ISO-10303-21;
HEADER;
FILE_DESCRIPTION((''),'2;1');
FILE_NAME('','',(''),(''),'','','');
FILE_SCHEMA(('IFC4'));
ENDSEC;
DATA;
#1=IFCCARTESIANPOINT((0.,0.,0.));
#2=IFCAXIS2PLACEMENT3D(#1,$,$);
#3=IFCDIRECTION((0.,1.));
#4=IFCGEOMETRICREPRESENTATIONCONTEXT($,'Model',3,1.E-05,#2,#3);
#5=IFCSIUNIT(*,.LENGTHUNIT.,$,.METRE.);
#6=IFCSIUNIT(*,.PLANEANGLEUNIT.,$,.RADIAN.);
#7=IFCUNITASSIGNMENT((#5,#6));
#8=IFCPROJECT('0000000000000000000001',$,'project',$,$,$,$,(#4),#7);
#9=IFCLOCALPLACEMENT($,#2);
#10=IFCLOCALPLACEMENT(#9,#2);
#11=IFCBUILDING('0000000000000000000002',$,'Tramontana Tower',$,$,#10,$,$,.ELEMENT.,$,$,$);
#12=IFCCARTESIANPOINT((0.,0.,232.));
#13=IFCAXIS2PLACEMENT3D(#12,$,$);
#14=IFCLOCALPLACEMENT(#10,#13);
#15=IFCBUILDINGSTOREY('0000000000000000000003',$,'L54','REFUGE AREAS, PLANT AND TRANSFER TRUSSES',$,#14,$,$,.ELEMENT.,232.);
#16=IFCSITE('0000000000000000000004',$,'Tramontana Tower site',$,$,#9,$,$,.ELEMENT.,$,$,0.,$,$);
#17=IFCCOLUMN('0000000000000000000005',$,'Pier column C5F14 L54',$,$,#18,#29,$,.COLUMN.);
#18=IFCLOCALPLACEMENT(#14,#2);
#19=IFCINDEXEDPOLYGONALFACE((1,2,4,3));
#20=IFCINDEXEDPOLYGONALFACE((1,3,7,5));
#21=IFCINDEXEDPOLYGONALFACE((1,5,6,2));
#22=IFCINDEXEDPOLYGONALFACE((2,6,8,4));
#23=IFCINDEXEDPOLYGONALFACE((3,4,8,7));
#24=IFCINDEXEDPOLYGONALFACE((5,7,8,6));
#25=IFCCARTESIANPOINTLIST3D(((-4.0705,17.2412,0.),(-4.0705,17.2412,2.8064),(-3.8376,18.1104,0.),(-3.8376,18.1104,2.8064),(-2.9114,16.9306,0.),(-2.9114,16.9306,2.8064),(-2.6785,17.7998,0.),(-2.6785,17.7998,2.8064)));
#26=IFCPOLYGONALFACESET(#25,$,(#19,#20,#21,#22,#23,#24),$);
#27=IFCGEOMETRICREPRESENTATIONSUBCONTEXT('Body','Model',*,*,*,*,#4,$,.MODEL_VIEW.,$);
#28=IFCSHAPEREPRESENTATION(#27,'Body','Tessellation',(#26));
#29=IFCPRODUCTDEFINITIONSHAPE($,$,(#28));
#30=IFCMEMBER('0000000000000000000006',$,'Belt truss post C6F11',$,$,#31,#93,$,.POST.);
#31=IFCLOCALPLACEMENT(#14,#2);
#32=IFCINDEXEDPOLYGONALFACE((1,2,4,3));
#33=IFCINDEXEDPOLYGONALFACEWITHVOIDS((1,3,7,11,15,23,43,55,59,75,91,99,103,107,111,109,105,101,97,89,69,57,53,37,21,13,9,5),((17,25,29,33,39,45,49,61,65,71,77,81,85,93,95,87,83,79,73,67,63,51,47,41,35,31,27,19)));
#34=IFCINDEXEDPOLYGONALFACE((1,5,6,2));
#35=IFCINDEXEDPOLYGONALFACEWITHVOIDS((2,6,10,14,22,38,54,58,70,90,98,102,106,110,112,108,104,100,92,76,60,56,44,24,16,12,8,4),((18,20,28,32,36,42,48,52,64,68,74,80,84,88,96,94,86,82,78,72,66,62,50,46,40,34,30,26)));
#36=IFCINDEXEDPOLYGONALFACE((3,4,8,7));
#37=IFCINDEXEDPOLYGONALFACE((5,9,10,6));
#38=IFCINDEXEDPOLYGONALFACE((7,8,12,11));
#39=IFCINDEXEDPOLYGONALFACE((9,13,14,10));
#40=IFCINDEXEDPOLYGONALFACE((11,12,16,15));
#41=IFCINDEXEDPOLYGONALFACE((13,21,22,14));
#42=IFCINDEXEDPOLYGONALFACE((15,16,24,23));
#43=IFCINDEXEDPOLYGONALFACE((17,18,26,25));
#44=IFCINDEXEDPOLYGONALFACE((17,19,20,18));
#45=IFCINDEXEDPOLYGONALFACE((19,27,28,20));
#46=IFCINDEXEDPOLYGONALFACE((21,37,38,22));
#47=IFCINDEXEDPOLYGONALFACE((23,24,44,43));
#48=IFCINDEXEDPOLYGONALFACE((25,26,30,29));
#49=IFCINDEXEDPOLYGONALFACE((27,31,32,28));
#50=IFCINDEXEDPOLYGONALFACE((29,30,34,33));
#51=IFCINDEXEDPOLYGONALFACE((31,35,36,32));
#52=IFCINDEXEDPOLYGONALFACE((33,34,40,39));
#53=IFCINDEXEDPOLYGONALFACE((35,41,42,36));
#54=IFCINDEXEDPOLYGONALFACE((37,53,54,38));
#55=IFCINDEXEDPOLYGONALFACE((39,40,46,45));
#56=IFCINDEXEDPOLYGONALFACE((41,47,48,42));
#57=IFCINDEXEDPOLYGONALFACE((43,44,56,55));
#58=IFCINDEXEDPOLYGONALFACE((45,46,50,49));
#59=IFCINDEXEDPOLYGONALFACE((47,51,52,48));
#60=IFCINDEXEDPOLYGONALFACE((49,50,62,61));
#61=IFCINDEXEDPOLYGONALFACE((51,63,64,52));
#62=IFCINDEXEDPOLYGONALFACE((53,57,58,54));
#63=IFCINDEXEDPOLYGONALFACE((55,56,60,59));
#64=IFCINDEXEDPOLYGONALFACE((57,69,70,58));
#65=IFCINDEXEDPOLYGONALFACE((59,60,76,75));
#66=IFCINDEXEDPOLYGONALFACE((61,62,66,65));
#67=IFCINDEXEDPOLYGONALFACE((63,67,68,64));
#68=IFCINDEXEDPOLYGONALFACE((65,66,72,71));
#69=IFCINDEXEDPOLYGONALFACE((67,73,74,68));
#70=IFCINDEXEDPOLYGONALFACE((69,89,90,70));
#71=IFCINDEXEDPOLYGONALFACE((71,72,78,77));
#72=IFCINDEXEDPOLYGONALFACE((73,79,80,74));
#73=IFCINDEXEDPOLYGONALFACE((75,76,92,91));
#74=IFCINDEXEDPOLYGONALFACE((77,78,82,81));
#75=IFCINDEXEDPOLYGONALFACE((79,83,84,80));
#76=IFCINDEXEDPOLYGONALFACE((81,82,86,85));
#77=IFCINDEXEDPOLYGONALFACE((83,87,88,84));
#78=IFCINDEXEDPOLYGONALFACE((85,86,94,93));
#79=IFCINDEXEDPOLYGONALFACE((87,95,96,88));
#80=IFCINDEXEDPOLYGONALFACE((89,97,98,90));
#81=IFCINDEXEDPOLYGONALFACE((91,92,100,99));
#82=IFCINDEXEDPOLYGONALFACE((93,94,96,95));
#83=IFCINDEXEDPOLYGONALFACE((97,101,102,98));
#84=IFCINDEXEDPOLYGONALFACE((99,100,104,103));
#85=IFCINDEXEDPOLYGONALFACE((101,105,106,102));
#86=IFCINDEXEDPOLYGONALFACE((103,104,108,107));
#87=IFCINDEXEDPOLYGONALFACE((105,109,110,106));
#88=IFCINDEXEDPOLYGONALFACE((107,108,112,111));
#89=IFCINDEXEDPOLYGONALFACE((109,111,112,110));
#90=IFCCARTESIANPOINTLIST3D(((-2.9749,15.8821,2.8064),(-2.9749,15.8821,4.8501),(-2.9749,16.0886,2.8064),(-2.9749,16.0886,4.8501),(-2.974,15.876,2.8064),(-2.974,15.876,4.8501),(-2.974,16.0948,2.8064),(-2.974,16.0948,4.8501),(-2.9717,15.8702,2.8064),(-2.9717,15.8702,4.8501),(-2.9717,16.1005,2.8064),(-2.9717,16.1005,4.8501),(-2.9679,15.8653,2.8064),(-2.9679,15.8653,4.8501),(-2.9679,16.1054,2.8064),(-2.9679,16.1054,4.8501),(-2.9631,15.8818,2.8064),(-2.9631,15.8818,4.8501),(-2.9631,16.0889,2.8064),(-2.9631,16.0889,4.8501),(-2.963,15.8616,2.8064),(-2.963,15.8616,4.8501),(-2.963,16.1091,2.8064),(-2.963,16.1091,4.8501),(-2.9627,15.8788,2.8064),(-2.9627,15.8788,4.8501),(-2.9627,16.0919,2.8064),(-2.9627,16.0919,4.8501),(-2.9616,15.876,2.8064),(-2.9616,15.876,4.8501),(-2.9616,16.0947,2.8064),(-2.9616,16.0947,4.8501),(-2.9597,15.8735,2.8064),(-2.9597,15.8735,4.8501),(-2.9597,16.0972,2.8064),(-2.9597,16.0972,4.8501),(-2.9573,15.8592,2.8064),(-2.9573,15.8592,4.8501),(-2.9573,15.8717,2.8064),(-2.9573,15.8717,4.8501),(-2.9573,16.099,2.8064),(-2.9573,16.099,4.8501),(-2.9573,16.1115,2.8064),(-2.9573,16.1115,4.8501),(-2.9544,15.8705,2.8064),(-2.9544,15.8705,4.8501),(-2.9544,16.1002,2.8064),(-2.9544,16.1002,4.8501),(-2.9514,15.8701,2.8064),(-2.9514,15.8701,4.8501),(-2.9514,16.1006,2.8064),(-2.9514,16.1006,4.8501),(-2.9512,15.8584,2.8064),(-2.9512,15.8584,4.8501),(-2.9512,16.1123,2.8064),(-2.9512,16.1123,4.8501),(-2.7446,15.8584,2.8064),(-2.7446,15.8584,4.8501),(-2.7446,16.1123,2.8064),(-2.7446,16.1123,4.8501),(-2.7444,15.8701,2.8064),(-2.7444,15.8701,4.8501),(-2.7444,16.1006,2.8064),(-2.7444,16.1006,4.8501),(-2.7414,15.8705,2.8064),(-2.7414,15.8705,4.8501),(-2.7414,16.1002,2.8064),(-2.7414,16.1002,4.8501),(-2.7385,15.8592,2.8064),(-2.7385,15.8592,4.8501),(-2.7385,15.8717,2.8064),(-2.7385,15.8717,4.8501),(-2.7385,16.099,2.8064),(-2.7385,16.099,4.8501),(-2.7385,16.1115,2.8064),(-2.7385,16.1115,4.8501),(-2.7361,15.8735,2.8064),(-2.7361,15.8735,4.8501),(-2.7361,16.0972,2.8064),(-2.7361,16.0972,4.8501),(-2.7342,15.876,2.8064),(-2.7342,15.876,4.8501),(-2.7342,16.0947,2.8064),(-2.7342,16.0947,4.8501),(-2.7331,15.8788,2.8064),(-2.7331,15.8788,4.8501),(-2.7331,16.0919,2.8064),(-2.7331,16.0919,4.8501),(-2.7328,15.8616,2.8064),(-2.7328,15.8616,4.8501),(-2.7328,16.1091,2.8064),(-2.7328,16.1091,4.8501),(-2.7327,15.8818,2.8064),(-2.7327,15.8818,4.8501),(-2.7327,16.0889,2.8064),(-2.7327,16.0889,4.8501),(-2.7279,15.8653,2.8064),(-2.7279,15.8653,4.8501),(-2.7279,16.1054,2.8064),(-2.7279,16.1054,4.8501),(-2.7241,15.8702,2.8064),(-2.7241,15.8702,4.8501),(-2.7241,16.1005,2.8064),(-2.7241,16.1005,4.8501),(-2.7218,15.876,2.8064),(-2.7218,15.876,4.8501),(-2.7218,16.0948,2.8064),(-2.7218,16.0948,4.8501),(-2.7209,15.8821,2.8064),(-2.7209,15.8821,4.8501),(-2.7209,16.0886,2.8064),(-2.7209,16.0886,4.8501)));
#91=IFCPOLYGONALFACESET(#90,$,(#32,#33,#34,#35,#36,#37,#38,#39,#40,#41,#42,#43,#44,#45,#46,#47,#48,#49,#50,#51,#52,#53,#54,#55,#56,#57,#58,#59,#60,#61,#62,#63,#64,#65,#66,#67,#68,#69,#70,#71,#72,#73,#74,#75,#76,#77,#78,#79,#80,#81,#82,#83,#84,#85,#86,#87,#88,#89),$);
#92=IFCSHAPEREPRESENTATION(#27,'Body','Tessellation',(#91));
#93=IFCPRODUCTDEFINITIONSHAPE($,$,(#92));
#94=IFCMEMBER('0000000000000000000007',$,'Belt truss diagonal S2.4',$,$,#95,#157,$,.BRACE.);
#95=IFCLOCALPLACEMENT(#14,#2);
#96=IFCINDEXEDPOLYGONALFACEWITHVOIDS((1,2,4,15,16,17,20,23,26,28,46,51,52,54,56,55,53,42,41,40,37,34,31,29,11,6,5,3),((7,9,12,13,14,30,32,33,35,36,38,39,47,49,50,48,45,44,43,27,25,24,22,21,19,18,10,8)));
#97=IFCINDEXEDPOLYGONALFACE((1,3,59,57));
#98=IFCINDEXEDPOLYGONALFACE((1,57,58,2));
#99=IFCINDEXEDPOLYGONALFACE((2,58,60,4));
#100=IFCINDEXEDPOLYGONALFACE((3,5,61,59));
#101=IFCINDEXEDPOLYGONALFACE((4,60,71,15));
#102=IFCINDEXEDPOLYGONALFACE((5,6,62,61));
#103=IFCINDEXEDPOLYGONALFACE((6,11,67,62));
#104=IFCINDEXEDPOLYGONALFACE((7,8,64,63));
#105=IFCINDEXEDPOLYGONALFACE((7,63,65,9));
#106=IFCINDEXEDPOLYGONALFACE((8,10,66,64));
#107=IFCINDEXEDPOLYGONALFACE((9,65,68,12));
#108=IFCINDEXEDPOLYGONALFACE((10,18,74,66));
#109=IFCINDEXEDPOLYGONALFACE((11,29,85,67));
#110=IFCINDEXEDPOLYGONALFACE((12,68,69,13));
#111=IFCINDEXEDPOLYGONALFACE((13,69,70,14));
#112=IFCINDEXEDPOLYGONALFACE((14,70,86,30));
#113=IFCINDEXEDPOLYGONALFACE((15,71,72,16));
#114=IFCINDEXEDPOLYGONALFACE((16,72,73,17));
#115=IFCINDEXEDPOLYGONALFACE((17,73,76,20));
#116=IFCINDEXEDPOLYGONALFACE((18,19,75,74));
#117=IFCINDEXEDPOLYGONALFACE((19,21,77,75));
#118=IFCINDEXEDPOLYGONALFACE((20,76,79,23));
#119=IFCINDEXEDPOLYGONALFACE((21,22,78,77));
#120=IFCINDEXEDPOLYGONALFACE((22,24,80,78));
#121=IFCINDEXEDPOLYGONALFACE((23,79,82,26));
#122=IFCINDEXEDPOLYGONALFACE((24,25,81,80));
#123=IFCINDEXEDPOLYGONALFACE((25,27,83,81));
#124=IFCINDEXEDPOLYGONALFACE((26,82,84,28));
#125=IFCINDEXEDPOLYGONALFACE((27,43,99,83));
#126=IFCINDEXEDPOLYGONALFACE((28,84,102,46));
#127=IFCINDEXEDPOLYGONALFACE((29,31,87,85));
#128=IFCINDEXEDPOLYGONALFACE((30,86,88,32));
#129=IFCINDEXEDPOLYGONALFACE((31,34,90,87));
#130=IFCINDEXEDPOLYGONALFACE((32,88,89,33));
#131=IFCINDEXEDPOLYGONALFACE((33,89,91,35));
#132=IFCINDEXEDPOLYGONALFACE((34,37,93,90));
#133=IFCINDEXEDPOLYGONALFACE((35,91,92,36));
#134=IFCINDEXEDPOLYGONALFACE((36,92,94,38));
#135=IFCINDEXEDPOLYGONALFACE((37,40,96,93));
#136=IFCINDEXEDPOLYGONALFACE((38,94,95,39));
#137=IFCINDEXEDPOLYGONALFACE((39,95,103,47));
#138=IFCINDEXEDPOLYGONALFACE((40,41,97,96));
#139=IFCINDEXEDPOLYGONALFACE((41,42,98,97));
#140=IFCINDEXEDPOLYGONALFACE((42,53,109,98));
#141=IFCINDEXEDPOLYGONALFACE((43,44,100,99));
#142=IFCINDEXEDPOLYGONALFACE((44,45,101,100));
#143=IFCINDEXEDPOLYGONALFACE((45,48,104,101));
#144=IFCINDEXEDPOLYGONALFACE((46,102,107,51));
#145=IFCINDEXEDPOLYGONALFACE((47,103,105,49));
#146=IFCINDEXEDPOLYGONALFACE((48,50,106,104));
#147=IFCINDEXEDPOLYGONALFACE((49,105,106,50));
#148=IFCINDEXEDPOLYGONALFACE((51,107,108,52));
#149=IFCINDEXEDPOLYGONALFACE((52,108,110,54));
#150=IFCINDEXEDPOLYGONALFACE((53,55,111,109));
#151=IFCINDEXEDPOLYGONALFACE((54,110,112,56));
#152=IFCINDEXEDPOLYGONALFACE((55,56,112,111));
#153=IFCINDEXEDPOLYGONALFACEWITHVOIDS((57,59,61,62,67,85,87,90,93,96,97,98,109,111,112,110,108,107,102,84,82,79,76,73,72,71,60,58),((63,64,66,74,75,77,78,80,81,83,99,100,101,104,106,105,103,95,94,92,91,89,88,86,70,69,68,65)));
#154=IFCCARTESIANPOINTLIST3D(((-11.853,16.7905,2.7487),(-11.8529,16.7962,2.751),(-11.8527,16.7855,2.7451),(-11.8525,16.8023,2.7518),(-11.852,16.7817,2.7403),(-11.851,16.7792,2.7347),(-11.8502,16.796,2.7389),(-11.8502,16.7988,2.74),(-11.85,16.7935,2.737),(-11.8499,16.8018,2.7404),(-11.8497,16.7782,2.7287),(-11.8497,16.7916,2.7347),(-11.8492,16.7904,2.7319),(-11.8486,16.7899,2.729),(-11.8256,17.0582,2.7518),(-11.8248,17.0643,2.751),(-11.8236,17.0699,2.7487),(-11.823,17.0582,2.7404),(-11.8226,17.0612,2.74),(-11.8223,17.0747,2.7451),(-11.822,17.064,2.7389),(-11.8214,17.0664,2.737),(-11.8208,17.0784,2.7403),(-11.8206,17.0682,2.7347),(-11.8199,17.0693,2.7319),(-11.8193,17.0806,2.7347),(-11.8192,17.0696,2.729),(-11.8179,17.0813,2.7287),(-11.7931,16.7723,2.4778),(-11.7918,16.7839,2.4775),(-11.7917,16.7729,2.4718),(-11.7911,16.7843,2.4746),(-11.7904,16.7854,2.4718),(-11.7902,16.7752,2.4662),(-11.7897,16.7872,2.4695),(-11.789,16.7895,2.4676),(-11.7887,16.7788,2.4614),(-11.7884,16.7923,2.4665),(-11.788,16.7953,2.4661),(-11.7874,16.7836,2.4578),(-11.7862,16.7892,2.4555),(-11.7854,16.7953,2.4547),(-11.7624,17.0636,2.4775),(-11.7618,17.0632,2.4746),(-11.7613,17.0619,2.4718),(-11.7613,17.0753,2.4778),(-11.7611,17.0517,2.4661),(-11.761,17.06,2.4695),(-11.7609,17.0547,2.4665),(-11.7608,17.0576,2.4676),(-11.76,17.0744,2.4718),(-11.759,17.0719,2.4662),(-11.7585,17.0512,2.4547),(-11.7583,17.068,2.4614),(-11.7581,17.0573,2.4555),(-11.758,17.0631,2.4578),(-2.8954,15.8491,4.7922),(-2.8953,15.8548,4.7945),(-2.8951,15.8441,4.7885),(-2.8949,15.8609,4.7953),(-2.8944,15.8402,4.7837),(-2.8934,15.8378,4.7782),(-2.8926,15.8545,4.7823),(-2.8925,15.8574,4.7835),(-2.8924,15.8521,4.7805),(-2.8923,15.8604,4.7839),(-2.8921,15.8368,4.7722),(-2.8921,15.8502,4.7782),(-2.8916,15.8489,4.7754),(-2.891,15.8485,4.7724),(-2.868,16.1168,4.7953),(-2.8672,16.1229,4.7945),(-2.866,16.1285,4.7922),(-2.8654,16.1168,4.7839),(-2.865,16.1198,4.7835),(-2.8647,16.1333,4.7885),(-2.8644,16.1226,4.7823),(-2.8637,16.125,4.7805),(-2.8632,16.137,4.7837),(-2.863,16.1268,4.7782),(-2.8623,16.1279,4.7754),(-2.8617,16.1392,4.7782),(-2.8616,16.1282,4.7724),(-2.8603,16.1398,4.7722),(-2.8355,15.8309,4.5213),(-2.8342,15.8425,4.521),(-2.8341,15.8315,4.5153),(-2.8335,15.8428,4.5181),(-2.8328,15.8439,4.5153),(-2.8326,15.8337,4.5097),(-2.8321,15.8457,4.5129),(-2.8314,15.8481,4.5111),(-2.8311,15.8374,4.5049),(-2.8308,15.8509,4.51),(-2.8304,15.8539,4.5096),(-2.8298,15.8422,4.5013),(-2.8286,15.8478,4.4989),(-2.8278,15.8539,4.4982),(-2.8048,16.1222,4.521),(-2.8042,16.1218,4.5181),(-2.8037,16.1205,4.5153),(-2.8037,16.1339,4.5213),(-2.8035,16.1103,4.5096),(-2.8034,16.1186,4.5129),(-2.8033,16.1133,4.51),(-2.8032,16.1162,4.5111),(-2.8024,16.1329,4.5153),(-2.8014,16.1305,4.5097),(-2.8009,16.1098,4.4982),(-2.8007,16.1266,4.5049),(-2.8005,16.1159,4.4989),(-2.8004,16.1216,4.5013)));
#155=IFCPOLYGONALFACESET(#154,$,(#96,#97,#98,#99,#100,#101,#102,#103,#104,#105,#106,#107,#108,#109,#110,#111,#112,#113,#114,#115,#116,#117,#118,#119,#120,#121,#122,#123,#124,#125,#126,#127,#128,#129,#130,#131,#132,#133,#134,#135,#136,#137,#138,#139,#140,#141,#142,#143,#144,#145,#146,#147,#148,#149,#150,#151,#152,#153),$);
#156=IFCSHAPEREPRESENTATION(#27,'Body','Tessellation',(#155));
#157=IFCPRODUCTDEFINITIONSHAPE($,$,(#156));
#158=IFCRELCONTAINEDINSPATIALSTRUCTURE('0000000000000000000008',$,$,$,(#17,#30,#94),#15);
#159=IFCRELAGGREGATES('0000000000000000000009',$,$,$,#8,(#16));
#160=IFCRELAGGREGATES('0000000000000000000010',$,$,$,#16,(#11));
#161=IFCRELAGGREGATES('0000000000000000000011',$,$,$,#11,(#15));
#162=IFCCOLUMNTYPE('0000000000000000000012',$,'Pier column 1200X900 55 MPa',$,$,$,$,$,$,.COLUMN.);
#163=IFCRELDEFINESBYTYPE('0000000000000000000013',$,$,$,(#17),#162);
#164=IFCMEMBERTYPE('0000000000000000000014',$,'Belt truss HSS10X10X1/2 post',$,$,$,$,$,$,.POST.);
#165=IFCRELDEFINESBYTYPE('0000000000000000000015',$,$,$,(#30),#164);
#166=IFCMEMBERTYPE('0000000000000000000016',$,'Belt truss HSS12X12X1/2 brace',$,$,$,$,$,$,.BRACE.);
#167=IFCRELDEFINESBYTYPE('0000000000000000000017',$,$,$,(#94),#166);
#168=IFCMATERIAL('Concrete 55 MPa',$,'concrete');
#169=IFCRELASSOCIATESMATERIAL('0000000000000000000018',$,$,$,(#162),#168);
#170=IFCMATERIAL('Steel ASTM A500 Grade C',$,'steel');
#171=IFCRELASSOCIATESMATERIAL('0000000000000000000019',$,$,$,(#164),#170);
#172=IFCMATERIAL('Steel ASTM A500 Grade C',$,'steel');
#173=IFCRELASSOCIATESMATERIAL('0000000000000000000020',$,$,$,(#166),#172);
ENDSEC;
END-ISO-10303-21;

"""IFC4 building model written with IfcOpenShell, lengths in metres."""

from ifc_helpers import new_model, si_unit, direction, frame, origin, origin_2d, place, context, subcontext, project, spatial, rectangle, hollow_rectangle, extrude, material, material_profile, profile_set, type_object, element, save


model = new_model("IFC4")

# Units and contexts
model_context = context("Model", 3, precision=1e-05, world=origin(), true_north=direction((0.0, 1.0)))
body_context = subcontext(model_context, "Body", "Model", "MODEL_VIEW")
ifc_project = project(units=[si_unit("LENGTHUNIT", "METRE"), si_unit("PLANEANGLEUNIT", "RADIAN")], contexts=[model_context])

# Site, building, storey
site_placement = place(None, origin())
site = spatial("IfcSite", under=ifc_project, at=site_placement, Name="Tramontana Tower site", CompositionType="ELEMENT", RefElevation=0.0)
building_placement = place(site_placement, origin())
building = spatial("IfcBuilding", under=site, at=building_placement, Name="Tramontana Tower", CompositionType="ELEMENT")
storey_placement = place(building_placement, frame((0.0, 0.0, 232.0)))
storey = spatial("IfcBuildingStorey", under=building, at=storey_placement, Name="L54", Description="REFUGE AREAS, PLANT AND TRANSFER TRUSSES", CompositionType="ELEMENT", Elevation=232.0)

# Column
ifc_material_1 = material(Name="Concrete 55 MPa", Category="concrete")
ifc_material_profile_1 = material_profile(ifc_material_1, rectangle(XDim=1.2, YDim=0.8999, at=origin_2d()), Name="Pier column 1200X900 55 MPa")
ifc_profile_set_1 = profile_set([ifc_material_profile_1], Name="Concrete 55 MPa")
column_type = type_object("IfcColumnType", Name="Pier column 1200X900 55 MPa", PredefinedType="COLUMN", material=ifc_profile_set_1)
column_placement = place(storey_placement, frame((-3.3745, 17.5205, 0.0), z_axis=(0.0, 0.0, 1.0), x_axis=(-0.965926, 0.258819, 0.0)))
element("IfcColumn", 1, at=column_placement, inside=storey, type_object=column_type, Name="Pier column C5F14 L54", PredefinedType="COLUMN", context=body_context, shape_type="SweptSolid", body=[
    extrude(rectangle(XDim=1.2, YDim=0.8999, at=origin_2d()), origin(), (0.0, 0.0, 1.0), 2.8064),
])

# Members
ifc_material_2 = material(Name="Steel ASTM A500 Grade C", Category="steel")
ifc_material_profile_2 = material_profile(ifc_material_2, hollow_rectangle(XDim=0.2539, YDim=0.2539, WallThickness=0.0117, InnerFilletRadius=0.0117, OuterFilletRadius=0.0237, at=origin_2d()), Name="HSS10X10X1/2")
ifc_profile_set_2 = profile_set([ifc_material_profile_2], Name="Steel ASTM A500 Grade C")
member_type_1 = type_object("IfcMemberType", Name="Belt truss HSS10X10X1/2 post", PredefinedType="POST", material=ifc_profile_set_2)
member_1_placement = place(storey_placement, frame((-2.8479, 15.9854, 2.8064), z_axis=(0.0, 0.0, 1.0), x_axis=(1.0, 0.0, 0.0)))
element("IfcMember", 2, at=member_1_placement, inside=storey, type_object=member_type_1, Name="Belt truss post C6F11", PredefinedType="POST", context=body_context, shape_type="SweptSolid", body=[
    extrude(hollow_rectangle(XDim=0.2539, YDim=0.2539, WallThickness=0.0117, InnerFilletRadius=0.0117, OuterFilletRadius=0.0237, at=origin_2d()), origin(), (0.0, 0.0, 1.0), 2.0437),
])
ifc_material_3 = material(Name="Steel ASTM A500 Grade C", Category="steel")
ifc_material_profile_3 = material_profile(ifc_material_3, hollow_rectangle(XDim=0.3047, YDim=0.3047, WallThickness=0.0117, InnerFilletRadius=0.0117, OuterFilletRadius=0.0237, at=origin_2d()), Name="HSS12X12X1/2")
ifc_profile_set_3 = profile_set([ifc_material_profile_3], Name="Steel ASTM A500 Grade C")
member_type_2 = type_object("IfcMemberType", Name="Belt truss HSS12X12X1/2 brace", PredefinedType="BRACE", material=ifc_profile_set_3)
member_2_placement = place(storey_placement, frame((-2.8479, 15.9854, 4.6467), z_axis=(-0.969874, 0.101931, -0.221255), x_axis=(-0.104521, -0.994523, 0.0)))
element("IfcMember", 3, at=member_2_placement, inside=storey, type_object=member_type_2, Name="Belt truss diagonal S2.4", PredefinedType="BRACE", context=body_context, shape_type="SweptSolid", body=[
    extrude(hollow_rectangle(XDim=0.3047, YDim=0.3047, WallThickness=0.0117, InnerFilletRadius=0.0117, OuterFilletRadius=0.0237, at=origin_2d()), origin(), (0.0, 0.0, 1.0), 9.2358),
])

save(model, "model.ifc")
